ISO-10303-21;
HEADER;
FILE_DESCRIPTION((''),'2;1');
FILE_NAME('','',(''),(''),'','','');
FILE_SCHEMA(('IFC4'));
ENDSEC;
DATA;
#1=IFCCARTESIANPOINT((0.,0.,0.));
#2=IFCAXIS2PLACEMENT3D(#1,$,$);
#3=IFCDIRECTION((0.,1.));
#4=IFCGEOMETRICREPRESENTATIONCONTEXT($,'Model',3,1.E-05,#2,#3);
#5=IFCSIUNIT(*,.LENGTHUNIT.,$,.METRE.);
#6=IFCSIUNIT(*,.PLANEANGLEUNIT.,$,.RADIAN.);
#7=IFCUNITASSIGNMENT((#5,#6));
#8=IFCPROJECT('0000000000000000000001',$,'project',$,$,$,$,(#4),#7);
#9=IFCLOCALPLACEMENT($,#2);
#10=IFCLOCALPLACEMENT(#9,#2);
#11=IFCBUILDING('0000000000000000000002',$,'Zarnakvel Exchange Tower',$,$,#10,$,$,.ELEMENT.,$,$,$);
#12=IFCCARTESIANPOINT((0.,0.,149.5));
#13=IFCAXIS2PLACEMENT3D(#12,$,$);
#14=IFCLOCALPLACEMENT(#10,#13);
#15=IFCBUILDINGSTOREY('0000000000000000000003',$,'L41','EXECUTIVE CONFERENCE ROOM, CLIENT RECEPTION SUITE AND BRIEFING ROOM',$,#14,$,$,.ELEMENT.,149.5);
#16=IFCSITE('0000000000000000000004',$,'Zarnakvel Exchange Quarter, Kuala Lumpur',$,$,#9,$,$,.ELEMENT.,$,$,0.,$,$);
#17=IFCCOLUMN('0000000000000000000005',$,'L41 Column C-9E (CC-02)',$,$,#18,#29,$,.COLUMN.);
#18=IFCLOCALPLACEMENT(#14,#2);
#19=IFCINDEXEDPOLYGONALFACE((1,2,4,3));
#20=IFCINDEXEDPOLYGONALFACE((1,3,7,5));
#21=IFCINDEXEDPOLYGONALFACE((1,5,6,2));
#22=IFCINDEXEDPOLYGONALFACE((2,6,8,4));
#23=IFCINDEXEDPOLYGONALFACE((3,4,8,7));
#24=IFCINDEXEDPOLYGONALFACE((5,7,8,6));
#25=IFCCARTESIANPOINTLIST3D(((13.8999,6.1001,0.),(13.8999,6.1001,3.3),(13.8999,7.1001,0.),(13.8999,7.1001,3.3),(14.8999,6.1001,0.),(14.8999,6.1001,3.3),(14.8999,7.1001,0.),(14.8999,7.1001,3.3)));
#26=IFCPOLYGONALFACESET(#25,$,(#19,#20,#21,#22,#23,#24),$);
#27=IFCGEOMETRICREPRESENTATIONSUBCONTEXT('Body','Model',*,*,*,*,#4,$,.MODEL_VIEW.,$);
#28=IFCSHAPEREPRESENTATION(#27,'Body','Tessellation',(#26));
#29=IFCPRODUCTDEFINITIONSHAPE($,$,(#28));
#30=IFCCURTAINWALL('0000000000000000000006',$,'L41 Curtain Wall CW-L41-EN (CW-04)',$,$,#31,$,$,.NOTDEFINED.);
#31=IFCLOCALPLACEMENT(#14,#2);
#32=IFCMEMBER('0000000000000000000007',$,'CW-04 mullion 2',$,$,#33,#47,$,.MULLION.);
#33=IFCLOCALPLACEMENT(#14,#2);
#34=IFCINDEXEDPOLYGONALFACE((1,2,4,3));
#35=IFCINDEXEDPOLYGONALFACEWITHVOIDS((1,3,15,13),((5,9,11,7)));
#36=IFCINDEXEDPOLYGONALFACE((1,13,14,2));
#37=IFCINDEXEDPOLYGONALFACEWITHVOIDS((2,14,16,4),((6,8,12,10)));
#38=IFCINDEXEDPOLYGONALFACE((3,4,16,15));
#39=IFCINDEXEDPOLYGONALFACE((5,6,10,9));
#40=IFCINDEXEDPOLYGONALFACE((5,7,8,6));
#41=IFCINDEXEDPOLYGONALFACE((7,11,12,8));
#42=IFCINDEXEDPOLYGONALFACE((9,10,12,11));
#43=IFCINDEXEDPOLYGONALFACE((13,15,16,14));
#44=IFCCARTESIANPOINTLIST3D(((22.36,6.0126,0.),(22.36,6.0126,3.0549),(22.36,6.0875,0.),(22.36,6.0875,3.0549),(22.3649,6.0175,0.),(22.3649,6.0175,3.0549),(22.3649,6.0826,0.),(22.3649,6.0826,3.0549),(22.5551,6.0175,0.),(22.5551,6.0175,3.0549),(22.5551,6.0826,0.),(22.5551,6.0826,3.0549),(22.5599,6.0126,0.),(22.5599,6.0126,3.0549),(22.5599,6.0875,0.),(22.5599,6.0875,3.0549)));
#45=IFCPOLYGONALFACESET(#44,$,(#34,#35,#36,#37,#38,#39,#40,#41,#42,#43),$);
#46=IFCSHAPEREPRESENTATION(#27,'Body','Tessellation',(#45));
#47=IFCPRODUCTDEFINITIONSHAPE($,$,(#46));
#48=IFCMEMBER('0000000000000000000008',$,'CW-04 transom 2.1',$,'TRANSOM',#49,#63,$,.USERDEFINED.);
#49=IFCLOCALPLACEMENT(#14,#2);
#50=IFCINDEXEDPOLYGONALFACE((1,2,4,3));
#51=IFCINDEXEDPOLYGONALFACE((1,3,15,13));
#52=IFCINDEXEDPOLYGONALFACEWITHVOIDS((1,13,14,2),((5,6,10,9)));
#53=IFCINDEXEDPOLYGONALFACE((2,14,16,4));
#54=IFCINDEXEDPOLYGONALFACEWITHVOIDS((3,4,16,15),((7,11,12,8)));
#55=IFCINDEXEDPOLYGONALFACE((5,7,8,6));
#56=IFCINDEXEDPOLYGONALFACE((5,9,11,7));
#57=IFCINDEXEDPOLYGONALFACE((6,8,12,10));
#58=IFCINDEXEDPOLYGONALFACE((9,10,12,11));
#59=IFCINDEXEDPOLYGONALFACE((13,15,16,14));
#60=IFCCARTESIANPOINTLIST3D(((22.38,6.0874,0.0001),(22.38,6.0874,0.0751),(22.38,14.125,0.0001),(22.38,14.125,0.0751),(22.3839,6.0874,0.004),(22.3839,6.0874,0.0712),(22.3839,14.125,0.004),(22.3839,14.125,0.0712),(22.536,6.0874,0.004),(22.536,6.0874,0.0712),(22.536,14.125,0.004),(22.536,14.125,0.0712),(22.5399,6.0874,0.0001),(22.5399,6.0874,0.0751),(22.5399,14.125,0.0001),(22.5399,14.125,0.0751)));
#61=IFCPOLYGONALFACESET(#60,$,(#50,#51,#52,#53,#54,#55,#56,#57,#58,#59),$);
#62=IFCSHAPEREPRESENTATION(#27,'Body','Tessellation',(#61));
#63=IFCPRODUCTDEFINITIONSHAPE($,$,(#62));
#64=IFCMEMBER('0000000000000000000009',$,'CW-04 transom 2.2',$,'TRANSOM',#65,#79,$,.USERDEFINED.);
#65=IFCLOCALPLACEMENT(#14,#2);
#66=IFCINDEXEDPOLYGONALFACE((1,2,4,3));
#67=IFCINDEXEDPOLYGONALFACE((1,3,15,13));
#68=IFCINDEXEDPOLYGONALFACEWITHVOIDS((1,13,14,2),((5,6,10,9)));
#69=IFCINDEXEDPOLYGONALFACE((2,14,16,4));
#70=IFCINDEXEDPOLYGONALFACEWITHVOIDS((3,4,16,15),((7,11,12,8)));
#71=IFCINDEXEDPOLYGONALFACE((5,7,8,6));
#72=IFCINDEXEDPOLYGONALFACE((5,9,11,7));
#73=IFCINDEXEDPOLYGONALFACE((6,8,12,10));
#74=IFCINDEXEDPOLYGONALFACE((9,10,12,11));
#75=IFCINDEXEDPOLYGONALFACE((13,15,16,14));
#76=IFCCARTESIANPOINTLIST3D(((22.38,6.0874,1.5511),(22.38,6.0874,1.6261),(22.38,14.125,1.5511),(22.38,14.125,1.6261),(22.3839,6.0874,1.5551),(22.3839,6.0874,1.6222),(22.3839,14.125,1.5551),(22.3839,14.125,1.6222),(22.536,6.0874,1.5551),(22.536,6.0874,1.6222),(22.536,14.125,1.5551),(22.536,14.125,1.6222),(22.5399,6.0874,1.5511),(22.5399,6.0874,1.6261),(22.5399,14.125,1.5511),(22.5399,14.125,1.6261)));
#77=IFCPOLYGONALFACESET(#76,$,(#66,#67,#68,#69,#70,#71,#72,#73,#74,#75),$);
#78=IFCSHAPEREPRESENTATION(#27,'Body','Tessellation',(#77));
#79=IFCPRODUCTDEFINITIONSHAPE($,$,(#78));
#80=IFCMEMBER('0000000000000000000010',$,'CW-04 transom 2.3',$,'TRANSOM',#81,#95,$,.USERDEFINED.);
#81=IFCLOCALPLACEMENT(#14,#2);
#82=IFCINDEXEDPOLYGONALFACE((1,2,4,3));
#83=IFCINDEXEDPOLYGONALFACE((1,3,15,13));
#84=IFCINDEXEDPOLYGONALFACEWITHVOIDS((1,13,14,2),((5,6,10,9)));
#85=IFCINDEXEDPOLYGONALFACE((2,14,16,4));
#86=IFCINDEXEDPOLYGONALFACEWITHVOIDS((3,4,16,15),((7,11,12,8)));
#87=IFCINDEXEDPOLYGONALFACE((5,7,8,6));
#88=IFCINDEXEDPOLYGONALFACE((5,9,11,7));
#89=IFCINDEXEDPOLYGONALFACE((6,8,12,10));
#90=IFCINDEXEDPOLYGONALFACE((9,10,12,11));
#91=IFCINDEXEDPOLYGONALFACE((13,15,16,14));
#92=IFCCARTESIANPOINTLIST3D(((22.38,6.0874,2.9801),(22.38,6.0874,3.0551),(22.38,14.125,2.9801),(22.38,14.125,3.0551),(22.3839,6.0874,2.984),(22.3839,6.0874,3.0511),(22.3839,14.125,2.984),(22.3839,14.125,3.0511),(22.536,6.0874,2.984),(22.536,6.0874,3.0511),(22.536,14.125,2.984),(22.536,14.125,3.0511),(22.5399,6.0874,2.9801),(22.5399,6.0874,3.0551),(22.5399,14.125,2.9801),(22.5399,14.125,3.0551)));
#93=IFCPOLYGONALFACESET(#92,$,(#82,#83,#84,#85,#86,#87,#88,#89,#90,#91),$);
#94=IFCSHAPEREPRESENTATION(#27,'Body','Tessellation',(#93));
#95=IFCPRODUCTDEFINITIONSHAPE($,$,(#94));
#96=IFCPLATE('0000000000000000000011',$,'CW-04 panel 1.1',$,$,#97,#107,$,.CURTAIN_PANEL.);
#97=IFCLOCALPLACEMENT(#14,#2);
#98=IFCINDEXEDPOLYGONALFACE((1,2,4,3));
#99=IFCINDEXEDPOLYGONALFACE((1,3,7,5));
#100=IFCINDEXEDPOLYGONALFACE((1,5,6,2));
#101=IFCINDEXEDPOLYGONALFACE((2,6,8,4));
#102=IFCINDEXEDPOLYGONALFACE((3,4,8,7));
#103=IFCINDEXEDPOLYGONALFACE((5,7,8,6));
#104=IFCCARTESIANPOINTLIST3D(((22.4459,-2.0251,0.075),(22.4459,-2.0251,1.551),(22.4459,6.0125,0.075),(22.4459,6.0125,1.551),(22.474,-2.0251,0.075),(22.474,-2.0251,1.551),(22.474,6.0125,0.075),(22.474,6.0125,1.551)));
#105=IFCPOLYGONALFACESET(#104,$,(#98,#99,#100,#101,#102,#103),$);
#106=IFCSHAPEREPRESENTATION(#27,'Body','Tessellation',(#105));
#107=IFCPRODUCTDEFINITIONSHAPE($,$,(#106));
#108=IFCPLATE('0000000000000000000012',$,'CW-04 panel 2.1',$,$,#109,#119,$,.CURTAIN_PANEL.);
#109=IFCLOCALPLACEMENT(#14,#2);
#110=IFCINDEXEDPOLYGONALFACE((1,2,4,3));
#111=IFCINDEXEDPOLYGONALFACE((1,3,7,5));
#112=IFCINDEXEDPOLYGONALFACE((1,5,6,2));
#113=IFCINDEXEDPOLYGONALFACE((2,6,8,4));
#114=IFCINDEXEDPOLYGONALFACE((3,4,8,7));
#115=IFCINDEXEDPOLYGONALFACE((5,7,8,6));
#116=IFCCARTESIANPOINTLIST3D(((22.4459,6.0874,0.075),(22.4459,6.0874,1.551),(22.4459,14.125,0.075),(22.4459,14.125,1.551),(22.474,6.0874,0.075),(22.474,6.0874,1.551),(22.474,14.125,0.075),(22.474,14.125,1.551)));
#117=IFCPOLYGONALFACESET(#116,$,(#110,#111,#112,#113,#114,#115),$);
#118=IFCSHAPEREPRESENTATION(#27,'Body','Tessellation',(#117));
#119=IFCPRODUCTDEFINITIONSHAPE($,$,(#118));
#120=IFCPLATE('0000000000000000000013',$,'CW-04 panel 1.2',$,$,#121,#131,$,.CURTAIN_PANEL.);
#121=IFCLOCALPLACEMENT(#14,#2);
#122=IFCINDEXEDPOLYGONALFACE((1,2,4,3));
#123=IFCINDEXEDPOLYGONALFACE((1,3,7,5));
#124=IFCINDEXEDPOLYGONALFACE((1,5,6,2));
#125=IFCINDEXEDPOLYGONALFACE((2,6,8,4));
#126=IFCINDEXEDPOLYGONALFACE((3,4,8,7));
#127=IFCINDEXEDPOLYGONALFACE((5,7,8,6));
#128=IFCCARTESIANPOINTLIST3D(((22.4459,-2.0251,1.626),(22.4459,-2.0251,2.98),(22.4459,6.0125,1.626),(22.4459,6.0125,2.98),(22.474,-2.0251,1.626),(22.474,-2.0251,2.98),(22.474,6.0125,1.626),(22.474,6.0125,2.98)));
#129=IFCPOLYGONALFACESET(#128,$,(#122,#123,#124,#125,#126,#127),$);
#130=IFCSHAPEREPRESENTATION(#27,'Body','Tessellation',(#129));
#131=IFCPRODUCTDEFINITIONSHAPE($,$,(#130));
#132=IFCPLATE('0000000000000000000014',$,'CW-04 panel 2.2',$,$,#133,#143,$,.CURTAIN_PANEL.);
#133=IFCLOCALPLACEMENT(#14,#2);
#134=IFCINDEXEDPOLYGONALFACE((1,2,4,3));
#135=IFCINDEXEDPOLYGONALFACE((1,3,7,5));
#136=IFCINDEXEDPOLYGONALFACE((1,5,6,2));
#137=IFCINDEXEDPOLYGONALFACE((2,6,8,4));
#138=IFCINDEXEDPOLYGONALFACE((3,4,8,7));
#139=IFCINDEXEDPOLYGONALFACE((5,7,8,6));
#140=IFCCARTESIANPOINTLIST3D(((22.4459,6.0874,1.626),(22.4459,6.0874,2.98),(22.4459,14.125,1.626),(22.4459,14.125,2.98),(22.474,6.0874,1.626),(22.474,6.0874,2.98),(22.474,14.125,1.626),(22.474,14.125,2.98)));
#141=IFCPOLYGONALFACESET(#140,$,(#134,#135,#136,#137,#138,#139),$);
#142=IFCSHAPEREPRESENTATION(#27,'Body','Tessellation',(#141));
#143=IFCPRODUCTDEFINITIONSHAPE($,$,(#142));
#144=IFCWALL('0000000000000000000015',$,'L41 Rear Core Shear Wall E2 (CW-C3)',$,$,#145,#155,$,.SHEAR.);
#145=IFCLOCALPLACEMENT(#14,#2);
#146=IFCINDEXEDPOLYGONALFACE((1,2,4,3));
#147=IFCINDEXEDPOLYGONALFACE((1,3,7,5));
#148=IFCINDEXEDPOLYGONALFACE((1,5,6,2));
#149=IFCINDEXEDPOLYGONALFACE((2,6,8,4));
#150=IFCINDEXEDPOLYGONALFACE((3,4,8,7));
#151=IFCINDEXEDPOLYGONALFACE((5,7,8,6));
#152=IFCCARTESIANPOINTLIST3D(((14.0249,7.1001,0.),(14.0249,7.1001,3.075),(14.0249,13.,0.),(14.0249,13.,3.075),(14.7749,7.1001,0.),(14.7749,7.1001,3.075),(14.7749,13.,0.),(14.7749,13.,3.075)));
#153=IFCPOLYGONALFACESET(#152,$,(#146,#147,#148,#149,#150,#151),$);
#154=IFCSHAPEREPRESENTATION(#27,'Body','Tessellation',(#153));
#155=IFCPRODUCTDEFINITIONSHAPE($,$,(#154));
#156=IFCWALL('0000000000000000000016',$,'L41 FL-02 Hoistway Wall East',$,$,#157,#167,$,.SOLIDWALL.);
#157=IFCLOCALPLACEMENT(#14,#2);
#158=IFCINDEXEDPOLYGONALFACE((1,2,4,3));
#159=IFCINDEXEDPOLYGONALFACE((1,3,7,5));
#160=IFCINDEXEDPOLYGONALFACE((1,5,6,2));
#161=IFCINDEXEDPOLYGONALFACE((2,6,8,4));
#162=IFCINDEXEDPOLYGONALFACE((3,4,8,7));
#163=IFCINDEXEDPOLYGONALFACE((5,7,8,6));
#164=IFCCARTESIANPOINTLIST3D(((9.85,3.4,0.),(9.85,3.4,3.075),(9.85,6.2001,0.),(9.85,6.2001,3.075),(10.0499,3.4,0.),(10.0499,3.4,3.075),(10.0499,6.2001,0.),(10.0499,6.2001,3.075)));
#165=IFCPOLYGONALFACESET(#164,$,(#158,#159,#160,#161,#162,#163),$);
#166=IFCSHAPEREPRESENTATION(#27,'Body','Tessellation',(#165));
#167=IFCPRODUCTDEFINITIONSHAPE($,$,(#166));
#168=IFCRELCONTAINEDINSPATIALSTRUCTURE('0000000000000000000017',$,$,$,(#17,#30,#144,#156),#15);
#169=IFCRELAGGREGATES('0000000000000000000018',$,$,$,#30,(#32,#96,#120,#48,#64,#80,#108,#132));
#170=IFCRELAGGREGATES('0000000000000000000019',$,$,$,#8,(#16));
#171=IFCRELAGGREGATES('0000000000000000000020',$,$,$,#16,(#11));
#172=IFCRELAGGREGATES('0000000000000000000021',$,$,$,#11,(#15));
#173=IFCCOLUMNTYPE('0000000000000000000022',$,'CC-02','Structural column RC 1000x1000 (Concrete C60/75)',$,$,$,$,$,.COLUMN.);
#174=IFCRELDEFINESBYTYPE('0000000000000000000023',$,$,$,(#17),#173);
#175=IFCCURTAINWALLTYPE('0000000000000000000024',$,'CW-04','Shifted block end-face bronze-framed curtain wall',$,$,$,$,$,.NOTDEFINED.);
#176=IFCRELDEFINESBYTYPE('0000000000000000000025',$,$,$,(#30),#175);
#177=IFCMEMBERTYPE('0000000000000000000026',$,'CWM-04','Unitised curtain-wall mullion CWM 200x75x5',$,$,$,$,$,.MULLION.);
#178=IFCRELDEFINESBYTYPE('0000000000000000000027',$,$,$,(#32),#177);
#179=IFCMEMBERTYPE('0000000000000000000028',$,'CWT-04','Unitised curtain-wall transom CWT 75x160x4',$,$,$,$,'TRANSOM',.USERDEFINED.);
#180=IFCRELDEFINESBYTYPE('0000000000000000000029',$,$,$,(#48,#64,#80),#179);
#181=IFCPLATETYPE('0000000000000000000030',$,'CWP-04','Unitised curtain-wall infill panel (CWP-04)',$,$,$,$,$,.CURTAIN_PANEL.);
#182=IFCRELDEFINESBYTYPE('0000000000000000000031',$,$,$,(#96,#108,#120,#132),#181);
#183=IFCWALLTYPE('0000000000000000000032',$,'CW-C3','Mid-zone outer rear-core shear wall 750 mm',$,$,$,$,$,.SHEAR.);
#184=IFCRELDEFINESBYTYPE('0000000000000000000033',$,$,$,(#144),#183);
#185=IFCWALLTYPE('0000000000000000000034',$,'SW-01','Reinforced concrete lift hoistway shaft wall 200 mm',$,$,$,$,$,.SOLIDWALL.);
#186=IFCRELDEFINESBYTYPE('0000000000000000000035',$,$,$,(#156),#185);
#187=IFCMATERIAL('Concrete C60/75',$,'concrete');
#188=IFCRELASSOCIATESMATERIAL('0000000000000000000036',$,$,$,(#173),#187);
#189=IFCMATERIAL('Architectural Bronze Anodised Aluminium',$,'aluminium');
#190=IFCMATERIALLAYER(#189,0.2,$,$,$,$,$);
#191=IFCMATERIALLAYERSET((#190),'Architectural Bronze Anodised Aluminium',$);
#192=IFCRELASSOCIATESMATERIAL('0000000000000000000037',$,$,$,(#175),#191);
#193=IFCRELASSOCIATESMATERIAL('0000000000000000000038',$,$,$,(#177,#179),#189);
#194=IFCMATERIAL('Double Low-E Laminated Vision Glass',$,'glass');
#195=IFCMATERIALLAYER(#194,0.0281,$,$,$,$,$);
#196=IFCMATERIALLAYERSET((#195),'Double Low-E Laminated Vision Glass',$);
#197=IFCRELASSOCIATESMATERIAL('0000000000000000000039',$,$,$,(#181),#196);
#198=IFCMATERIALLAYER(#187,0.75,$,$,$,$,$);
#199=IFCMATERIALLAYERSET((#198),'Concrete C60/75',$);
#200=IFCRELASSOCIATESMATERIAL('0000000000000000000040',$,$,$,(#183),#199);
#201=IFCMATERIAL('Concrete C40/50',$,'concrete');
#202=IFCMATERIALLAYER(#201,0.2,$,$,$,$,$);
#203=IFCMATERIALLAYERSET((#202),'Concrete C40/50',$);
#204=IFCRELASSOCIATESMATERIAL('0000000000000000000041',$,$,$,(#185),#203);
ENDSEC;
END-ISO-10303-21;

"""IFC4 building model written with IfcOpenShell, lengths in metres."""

from ifc_helpers import new_model, si_unit, direction, frame, frame_2d, origin, origin_2d, place, context, subcontext, project, spatial, rectangle, hollow_rectangle, extrude, source, transform, mapped, material, layer, layer_set, material_profile, profile_set, type_object, element, aggregate, save


model = new_model("IFC4")

# Units and contexts
model_context = context("Model", 3, precision=1e-05, world=origin(), true_north=direction((0.0, 1.0)))
body_context = subcontext(model_context, "Body", "Model", "MODEL_VIEW")
ifc_project = project(units=[si_unit("LENGTHUNIT", "METRE"), si_unit("PLANEANGLEUNIT", "RADIAN")], contexts=[model_context])

# Site, building, storey
site_placement = place(None, origin())
site = spatial("IfcSite", under=ifc_project, at=site_placement, Name="Zarnakvel Exchange Quarter, Kuala Lumpur", CompositionType="ELEMENT", RefElevation=0.0)
building_placement = place(site_placement, origin())
building = spatial("IfcBuilding", under=site, at=building_placement, Name="Zarnakvel Exchange Tower", CompositionType="ELEMENT")
storey_placement = place(building_placement, frame((0.0, 0.0, 149.5)))
storey = spatial("IfcBuildingStorey", under=building, at=storey_placement, Name="L41", Description="EXECUTIVE CONFERENCE ROOM, CLIENT RECEPTION SUITE AND BRIEFING ROOM", CompositionType="ELEMENT", Elevation=149.5)

# Column
ifc_material_1 = material(Name="Concrete C60/75", Category="concrete")
ifc_material_profile_1 = material_profile(ifc_material_1, rectangle(XDim=1.0, YDim=1.0, at=origin_2d()))
ifc_profile_set_1 = profile_set([ifc_material_profile_1], Name="Concrete C60/75")
column_type = type_object("IfcColumnType", Name="CC-02", Description="Structural column RC 1000x1000 (Concrete C60/75)", PredefinedType="COLUMN", material=ifc_profile_set_1)
column_placement = place(storey_placement, frame((14.3999, 6.6001, 0.0), z_axis=(0.0, 0.0, 1.0), x_axis=(1.0, 0.0, 0.0)))
element("IfcColumn", 1, at=column_placement, inside=storey, type_object=column_type, Name="L41 Column C-9E (CC-02)", PredefinedType="COLUMN", context=body_context, shape_type="SweptSolid", body=[
    extrude(rectangle(XDim=1.0, YDim=1.0, at=origin_2d()), origin(), (0.0, 0.0, 1.0), 3.3),
])

# Curtain wall, members, plates
ifc_material_2 = material(Name="Architectural Bronze Anodised Aluminium", Category="aluminium")
ifc_layer_1 = layer(ifc_material_2, 0.2)
ifc_layer_set_1 = layer_set([ifc_layer_1], Name="Architectural Bronze Anodised Aluminium")
curtain_wall_type = type_object("IfcCurtainWallType", Name="CW-04", Description="Shifted block end-face bronze-framed curtain wall", PredefinedType="NOTDEFINED", material=ifc_layer_set_1)
curtain_wall_placement = place(storey_placement, origin())
curtain_wall = element("IfcCurtainWall", 2, at=curtain_wall_placement, inside=storey, type_object=curtain_wall_type, Name="L41 Curtain Wall CW-L41-EN (CW-04)", PredefinedType="NOTDEFINED")
ifc_material_profile_2 = material_profile(ifc_material_2, hollow_rectangle(XDim=0.2, YDim=0.075, WallThickness=0.0049, at=origin_2d()))
ifc_profile_set_2 = profile_set([ifc_material_profile_2], Name="Architectural Bronze Anodised Aluminium")
member_type_1 = type_object("IfcMemberType", Name="CWM-04", Description="Unitised curtain-wall mullion CWM 200x75x5", PredefinedType="MULLION", material=ifc_profile_set_2)
shared_shape_1 = source(origin(), body_context, "Body", "SweptSolid", [
    extrude(hollow_rectangle(XDim=0.2, YDim=0.075, WallThickness=0.0049, at=origin_2d()), origin(), (0.0, 0.0, 1.0), 3.0549),
])
member_1_placement = place(storey_placement, frame((22.46, 6.05, 0.0), z_axis=(0.0, 0.0, 1.0), x_axis=(-1.0, 0.0, 0.0)))
member_1 = element("IfcMember", 3, at=member_1_placement, type_object=member_type_1, Name="CW-04 mullion 2", PredefinedType="MULLION", context=body_context, shape_type="MappedRepresentation", body=[
    mapped(shared_shape_1, transform((0.0, 0.0, 0.0), x_axis=(1.0, 0.0, 0.0), y_axis=(0.0, 1.0, 0.0), z_axis=(0.0, 0.0, 1.0), scale=1.0)),
])
ifc_material_profile_3 = material_profile(ifc_material_2, hollow_rectangle(XDim=0.1599, YDim=0.075, WallThickness=0.0039, at=origin_2d()))
ifc_profile_set_3 = profile_set([ifc_material_profile_3], Name="Architectural Bronze Anodised Aluminium")
member_type_2 = type_object("IfcMemberType", Name="CWT-04", Description="Unitised curtain-wall transom CWT 75x160x4", ElementType="TRANSOM", PredefinedType="USERDEFINED", material=ifc_profile_set_3)
shared_shape_2 = source(origin(), body_context, "Body", "SweptSolid", [
    extrude(hollow_rectangle(XDim=0.1599, YDim=0.075, WallThickness=0.0039, at=origin_2d()), origin(), (0.0, 0.0, 1.0), 8.0376),
])
member_2_placement = place(storey_placement, frame((22.46, 6.0874, 0.0376), z_axis=(0.0, 1.0, 0.0), x_axis=(-1.0, 0.0, 0.0)))
member_2 = element("IfcMember", 4, at=member_2_placement, type_object=member_type_2, Name="CW-04 transom 2.1", ObjectType="TRANSOM", PredefinedType="USERDEFINED", context=body_context, shape_type="MappedRepresentation", body=[
    mapped(shared_shape_2, transform((0.0, 0.0, 0.0), x_axis=(1.0, 0.0, 0.0), y_axis=(0.0, 1.0, 0.0), z_axis=(0.0, 0.0, 1.0), scale=1.0)),
])
member_3_placement = place(storey_placement, frame((22.46, 6.0874, 1.5886), z_axis=(0.0, 1.0, 0.0), x_axis=(-1.0, 0.0, 0.0)))
member_3 = element("IfcMember", 5, at=member_3_placement, type_object=member_type_2, Name="CW-04 transom 2.2", ObjectType="TRANSOM", PredefinedType="USERDEFINED", context=body_context, shape_type="MappedRepresentation", body=[
    mapped(shared_shape_2, transform((0.0, 0.0, 0.0), x_axis=(1.0, 0.0, 0.0), y_axis=(0.0, 1.0, 0.0), z_axis=(0.0, 0.0, 1.0), scale=1.0)),
])
member_4_placement = place(storey_placement, frame((22.46, 6.0874, 3.0176), z_axis=(0.0, 1.0, 0.0), x_axis=(-1.0, 0.0, 0.0)))
member_4 = element("IfcMember", 6, at=member_4_placement, type_object=member_type_2, Name="CW-04 transom 2.3", ObjectType="TRANSOM", PredefinedType="USERDEFINED", context=body_context, shape_type="MappedRepresentation", body=[
    mapped(shared_shape_2, transform((0.0, 0.0, 0.0), x_axis=(1.0, 0.0, 0.0), y_axis=(0.0, 1.0, 0.0), z_axis=(0.0, 0.0, 1.0), scale=1.0)),
])
ifc_material_3 = material(Name="Double Low-E Laminated Vision Glass", Category="glass")
ifc_layer_2 = layer(ifc_material_3, 0.0281)
ifc_layer_set_2 = layer_set([ifc_layer_2], Name="Double Low-E Laminated Vision Glass")
plate_type = type_object("IfcPlateType", Name="CWP-04", Description="Unitised curtain-wall infill panel (CWP-04)", PredefinedType="CURTAIN_PANEL", material=ifc_layer_set_2)
shared_shape_3 = source(origin(), body_context, "Body", "SweptSolid", [
    extrude(rectangle(XDim=8.0376, YDim=0.0281, at=origin_2d()), origin(), (0.0, 0.0, 1.0), 1.4761),
])
plate_1_placement = place(storey_placement, frame((22.46, 1.9937, 0.075), z_axis=(0.0, 0.0, 1.0), x_axis=(0.0, 1.0, 0.0)))
plate_1 = element("IfcPlate", 7, at=plate_1_placement, type_object=plate_type, Name="CW-04 panel 1.1", PredefinedType="CURTAIN_PANEL", context=body_context, shape_type="MappedRepresentation", body=[
    mapped(shared_shape_3, transform((0.0, 0.0, 0.0), x_axis=(1.0, 0.0, 0.0), y_axis=(0.0, 1.0, 0.0), z_axis=(0.0, 0.0, 1.0), scale=1.0)),
])
plate_2_placement = place(storey_placement, frame((22.46, 10.1062, 0.075), z_axis=(0.0, 0.0, 1.0), x_axis=(0.0, 1.0, 0.0)))
plate_2 = element("IfcPlate", 8, at=plate_2_placement, type_object=plate_type, Name="CW-04 panel 2.1", PredefinedType="CURTAIN_PANEL", context=body_context, shape_type="MappedRepresentation", body=[
    mapped(shared_shape_3, transform((0.0, 0.0, 0.0), x_axis=(1.0, 0.0, 0.0), y_axis=(0.0, 1.0, 0.0), z_axis=(0.0, 0.0, 1.0), scale=1.0)),
])
shared_shape_4 = source(origin(), body_context, "Body", "SweptSolid", [
    extrude(rectangle(XDim=8.0376, YDim=0.0281, at=origin_2d()), origin(), (0.0, 0.0, 1.0), 1.354),
])
plate_3_placement = place(storey_placement, frame((22.46, 1.9937, 1.626), z_axis=(0.0, 0.0, 1.0), x_axis=(0.0, 1.0, 0.0)))
plate_3 = element("IfcPlate", 9, at=plate_3_placement, type_object=plate_type, Name="CW-04 panel 1.2", PredefinedType="CURTAIN_PANEL", context=body_context, shape_type="MappedRepresentation", body=[
    mapped(shared_shape_4, transform((0.0, 0.0, 0.0), x_axis=(1.0, 0.0, 0.0), y_axis=(0.0, 1.0, 0.0), z_axis=(0.0, 0.0, 1.0), scale=1.0)),
])
plate_4_placement = place(storey_placement, frame((22.46, 10.1062, 1.626), z_axis=(0.0, 0.0, 1.0), x_axis=(0.0, 1.0, 0.0)))
plate_4 = element("IfcPlate", 10, at=plate_4_placement, type_object=plate_type, Name="CW-04 panel 2.2", PredefinedType="CURTAIN_PANEL", context=body_context, shape_type="MappedRepresentation", body=[
    mapped(shared_shape_4, transform((0.0, 0.0, 0.0), x_axis=(1.0, 0.0, 0.0), y_axis=(0.0, 1.0, 0.0), z_axis=(0.0, 0.0, 1.0), scale=1.0)),
])
aggregate(curtain_wall, [member_1, plate_1, plate_3, member_2, member_3, member_4, plate_2, plate_4])

# Walls
ifc_layer_3 = layer(ifc_material_1, 0.75)
ifc_layer_set_3 = layer_set([ifc_layer_3], Name="Concrete C60/75")
wall_type_1 = type_object("IfcWallType", Name="CW-C3", Description="Mid-zone outer rear-core shear wall 750 mm", PredefinedType="SHEAR", material=ifc_layer_set_3)
wall_1_placement = place(storey_placement, frame((14.3999, 7.1001, 0.0), z_axis=(0.0, 0.0, 1.0), x_axis=(0.0, 1.0, 0.0)))
element("IfcWall", 11, at=wall_1_placement, inside=storey, type_object=wall_type_1, Name="L41 Rear Core Shear Wall E2 (CW-C3)", PredefinedType="SHEAR", context=body_context, shape_type="SweptSolid", body=[
    extrude(rectangle(XDim=5.8999, YDim=0.75, at=frame_2d((2.95, 0.0))), origin(), (0.0, 0.0, 1.0), 3.075),
])
ifc_material_4 = material(Name="Concrete C40/50", Category="concrete")
ifc_layer_4 = layer(ifc_material_4, 0.2)
ifc_layer_set_4 = layer_set([ifc_layer_4], Name="Concrete C40/50")
wall_type_2 = type_object("IfcWallType", Name="SW-01", Description="Reinforced concrete lift hoistway shaft wall 200 mm", PredefinedType="SOLIDWALL", material=ifc_layer_set_4)
wall_2_placement = place(storey_placement, frame((9.95, 6.2, 0.0), z_axis=(0.0, 0.0, 1.0), x_axis=(0.0, -1.0, 0.0)))
element("IfcWall", 12, at=wall_2_placement, inside=storey, type_object=wall_type_2, Name="L41 FL-02 Hoistway Wall East", PredefinedType="SOLIDWALL", context=body_context, shape_type="SweptSolid", body=[
    extrude(rectangle(XDim=2.8, YDim=0.2, at=frame_2d((1.3999, 0.0))), origin(), (0.0, 0.0, 1.0), 3.075),
])

save(model, "model.ifc")
